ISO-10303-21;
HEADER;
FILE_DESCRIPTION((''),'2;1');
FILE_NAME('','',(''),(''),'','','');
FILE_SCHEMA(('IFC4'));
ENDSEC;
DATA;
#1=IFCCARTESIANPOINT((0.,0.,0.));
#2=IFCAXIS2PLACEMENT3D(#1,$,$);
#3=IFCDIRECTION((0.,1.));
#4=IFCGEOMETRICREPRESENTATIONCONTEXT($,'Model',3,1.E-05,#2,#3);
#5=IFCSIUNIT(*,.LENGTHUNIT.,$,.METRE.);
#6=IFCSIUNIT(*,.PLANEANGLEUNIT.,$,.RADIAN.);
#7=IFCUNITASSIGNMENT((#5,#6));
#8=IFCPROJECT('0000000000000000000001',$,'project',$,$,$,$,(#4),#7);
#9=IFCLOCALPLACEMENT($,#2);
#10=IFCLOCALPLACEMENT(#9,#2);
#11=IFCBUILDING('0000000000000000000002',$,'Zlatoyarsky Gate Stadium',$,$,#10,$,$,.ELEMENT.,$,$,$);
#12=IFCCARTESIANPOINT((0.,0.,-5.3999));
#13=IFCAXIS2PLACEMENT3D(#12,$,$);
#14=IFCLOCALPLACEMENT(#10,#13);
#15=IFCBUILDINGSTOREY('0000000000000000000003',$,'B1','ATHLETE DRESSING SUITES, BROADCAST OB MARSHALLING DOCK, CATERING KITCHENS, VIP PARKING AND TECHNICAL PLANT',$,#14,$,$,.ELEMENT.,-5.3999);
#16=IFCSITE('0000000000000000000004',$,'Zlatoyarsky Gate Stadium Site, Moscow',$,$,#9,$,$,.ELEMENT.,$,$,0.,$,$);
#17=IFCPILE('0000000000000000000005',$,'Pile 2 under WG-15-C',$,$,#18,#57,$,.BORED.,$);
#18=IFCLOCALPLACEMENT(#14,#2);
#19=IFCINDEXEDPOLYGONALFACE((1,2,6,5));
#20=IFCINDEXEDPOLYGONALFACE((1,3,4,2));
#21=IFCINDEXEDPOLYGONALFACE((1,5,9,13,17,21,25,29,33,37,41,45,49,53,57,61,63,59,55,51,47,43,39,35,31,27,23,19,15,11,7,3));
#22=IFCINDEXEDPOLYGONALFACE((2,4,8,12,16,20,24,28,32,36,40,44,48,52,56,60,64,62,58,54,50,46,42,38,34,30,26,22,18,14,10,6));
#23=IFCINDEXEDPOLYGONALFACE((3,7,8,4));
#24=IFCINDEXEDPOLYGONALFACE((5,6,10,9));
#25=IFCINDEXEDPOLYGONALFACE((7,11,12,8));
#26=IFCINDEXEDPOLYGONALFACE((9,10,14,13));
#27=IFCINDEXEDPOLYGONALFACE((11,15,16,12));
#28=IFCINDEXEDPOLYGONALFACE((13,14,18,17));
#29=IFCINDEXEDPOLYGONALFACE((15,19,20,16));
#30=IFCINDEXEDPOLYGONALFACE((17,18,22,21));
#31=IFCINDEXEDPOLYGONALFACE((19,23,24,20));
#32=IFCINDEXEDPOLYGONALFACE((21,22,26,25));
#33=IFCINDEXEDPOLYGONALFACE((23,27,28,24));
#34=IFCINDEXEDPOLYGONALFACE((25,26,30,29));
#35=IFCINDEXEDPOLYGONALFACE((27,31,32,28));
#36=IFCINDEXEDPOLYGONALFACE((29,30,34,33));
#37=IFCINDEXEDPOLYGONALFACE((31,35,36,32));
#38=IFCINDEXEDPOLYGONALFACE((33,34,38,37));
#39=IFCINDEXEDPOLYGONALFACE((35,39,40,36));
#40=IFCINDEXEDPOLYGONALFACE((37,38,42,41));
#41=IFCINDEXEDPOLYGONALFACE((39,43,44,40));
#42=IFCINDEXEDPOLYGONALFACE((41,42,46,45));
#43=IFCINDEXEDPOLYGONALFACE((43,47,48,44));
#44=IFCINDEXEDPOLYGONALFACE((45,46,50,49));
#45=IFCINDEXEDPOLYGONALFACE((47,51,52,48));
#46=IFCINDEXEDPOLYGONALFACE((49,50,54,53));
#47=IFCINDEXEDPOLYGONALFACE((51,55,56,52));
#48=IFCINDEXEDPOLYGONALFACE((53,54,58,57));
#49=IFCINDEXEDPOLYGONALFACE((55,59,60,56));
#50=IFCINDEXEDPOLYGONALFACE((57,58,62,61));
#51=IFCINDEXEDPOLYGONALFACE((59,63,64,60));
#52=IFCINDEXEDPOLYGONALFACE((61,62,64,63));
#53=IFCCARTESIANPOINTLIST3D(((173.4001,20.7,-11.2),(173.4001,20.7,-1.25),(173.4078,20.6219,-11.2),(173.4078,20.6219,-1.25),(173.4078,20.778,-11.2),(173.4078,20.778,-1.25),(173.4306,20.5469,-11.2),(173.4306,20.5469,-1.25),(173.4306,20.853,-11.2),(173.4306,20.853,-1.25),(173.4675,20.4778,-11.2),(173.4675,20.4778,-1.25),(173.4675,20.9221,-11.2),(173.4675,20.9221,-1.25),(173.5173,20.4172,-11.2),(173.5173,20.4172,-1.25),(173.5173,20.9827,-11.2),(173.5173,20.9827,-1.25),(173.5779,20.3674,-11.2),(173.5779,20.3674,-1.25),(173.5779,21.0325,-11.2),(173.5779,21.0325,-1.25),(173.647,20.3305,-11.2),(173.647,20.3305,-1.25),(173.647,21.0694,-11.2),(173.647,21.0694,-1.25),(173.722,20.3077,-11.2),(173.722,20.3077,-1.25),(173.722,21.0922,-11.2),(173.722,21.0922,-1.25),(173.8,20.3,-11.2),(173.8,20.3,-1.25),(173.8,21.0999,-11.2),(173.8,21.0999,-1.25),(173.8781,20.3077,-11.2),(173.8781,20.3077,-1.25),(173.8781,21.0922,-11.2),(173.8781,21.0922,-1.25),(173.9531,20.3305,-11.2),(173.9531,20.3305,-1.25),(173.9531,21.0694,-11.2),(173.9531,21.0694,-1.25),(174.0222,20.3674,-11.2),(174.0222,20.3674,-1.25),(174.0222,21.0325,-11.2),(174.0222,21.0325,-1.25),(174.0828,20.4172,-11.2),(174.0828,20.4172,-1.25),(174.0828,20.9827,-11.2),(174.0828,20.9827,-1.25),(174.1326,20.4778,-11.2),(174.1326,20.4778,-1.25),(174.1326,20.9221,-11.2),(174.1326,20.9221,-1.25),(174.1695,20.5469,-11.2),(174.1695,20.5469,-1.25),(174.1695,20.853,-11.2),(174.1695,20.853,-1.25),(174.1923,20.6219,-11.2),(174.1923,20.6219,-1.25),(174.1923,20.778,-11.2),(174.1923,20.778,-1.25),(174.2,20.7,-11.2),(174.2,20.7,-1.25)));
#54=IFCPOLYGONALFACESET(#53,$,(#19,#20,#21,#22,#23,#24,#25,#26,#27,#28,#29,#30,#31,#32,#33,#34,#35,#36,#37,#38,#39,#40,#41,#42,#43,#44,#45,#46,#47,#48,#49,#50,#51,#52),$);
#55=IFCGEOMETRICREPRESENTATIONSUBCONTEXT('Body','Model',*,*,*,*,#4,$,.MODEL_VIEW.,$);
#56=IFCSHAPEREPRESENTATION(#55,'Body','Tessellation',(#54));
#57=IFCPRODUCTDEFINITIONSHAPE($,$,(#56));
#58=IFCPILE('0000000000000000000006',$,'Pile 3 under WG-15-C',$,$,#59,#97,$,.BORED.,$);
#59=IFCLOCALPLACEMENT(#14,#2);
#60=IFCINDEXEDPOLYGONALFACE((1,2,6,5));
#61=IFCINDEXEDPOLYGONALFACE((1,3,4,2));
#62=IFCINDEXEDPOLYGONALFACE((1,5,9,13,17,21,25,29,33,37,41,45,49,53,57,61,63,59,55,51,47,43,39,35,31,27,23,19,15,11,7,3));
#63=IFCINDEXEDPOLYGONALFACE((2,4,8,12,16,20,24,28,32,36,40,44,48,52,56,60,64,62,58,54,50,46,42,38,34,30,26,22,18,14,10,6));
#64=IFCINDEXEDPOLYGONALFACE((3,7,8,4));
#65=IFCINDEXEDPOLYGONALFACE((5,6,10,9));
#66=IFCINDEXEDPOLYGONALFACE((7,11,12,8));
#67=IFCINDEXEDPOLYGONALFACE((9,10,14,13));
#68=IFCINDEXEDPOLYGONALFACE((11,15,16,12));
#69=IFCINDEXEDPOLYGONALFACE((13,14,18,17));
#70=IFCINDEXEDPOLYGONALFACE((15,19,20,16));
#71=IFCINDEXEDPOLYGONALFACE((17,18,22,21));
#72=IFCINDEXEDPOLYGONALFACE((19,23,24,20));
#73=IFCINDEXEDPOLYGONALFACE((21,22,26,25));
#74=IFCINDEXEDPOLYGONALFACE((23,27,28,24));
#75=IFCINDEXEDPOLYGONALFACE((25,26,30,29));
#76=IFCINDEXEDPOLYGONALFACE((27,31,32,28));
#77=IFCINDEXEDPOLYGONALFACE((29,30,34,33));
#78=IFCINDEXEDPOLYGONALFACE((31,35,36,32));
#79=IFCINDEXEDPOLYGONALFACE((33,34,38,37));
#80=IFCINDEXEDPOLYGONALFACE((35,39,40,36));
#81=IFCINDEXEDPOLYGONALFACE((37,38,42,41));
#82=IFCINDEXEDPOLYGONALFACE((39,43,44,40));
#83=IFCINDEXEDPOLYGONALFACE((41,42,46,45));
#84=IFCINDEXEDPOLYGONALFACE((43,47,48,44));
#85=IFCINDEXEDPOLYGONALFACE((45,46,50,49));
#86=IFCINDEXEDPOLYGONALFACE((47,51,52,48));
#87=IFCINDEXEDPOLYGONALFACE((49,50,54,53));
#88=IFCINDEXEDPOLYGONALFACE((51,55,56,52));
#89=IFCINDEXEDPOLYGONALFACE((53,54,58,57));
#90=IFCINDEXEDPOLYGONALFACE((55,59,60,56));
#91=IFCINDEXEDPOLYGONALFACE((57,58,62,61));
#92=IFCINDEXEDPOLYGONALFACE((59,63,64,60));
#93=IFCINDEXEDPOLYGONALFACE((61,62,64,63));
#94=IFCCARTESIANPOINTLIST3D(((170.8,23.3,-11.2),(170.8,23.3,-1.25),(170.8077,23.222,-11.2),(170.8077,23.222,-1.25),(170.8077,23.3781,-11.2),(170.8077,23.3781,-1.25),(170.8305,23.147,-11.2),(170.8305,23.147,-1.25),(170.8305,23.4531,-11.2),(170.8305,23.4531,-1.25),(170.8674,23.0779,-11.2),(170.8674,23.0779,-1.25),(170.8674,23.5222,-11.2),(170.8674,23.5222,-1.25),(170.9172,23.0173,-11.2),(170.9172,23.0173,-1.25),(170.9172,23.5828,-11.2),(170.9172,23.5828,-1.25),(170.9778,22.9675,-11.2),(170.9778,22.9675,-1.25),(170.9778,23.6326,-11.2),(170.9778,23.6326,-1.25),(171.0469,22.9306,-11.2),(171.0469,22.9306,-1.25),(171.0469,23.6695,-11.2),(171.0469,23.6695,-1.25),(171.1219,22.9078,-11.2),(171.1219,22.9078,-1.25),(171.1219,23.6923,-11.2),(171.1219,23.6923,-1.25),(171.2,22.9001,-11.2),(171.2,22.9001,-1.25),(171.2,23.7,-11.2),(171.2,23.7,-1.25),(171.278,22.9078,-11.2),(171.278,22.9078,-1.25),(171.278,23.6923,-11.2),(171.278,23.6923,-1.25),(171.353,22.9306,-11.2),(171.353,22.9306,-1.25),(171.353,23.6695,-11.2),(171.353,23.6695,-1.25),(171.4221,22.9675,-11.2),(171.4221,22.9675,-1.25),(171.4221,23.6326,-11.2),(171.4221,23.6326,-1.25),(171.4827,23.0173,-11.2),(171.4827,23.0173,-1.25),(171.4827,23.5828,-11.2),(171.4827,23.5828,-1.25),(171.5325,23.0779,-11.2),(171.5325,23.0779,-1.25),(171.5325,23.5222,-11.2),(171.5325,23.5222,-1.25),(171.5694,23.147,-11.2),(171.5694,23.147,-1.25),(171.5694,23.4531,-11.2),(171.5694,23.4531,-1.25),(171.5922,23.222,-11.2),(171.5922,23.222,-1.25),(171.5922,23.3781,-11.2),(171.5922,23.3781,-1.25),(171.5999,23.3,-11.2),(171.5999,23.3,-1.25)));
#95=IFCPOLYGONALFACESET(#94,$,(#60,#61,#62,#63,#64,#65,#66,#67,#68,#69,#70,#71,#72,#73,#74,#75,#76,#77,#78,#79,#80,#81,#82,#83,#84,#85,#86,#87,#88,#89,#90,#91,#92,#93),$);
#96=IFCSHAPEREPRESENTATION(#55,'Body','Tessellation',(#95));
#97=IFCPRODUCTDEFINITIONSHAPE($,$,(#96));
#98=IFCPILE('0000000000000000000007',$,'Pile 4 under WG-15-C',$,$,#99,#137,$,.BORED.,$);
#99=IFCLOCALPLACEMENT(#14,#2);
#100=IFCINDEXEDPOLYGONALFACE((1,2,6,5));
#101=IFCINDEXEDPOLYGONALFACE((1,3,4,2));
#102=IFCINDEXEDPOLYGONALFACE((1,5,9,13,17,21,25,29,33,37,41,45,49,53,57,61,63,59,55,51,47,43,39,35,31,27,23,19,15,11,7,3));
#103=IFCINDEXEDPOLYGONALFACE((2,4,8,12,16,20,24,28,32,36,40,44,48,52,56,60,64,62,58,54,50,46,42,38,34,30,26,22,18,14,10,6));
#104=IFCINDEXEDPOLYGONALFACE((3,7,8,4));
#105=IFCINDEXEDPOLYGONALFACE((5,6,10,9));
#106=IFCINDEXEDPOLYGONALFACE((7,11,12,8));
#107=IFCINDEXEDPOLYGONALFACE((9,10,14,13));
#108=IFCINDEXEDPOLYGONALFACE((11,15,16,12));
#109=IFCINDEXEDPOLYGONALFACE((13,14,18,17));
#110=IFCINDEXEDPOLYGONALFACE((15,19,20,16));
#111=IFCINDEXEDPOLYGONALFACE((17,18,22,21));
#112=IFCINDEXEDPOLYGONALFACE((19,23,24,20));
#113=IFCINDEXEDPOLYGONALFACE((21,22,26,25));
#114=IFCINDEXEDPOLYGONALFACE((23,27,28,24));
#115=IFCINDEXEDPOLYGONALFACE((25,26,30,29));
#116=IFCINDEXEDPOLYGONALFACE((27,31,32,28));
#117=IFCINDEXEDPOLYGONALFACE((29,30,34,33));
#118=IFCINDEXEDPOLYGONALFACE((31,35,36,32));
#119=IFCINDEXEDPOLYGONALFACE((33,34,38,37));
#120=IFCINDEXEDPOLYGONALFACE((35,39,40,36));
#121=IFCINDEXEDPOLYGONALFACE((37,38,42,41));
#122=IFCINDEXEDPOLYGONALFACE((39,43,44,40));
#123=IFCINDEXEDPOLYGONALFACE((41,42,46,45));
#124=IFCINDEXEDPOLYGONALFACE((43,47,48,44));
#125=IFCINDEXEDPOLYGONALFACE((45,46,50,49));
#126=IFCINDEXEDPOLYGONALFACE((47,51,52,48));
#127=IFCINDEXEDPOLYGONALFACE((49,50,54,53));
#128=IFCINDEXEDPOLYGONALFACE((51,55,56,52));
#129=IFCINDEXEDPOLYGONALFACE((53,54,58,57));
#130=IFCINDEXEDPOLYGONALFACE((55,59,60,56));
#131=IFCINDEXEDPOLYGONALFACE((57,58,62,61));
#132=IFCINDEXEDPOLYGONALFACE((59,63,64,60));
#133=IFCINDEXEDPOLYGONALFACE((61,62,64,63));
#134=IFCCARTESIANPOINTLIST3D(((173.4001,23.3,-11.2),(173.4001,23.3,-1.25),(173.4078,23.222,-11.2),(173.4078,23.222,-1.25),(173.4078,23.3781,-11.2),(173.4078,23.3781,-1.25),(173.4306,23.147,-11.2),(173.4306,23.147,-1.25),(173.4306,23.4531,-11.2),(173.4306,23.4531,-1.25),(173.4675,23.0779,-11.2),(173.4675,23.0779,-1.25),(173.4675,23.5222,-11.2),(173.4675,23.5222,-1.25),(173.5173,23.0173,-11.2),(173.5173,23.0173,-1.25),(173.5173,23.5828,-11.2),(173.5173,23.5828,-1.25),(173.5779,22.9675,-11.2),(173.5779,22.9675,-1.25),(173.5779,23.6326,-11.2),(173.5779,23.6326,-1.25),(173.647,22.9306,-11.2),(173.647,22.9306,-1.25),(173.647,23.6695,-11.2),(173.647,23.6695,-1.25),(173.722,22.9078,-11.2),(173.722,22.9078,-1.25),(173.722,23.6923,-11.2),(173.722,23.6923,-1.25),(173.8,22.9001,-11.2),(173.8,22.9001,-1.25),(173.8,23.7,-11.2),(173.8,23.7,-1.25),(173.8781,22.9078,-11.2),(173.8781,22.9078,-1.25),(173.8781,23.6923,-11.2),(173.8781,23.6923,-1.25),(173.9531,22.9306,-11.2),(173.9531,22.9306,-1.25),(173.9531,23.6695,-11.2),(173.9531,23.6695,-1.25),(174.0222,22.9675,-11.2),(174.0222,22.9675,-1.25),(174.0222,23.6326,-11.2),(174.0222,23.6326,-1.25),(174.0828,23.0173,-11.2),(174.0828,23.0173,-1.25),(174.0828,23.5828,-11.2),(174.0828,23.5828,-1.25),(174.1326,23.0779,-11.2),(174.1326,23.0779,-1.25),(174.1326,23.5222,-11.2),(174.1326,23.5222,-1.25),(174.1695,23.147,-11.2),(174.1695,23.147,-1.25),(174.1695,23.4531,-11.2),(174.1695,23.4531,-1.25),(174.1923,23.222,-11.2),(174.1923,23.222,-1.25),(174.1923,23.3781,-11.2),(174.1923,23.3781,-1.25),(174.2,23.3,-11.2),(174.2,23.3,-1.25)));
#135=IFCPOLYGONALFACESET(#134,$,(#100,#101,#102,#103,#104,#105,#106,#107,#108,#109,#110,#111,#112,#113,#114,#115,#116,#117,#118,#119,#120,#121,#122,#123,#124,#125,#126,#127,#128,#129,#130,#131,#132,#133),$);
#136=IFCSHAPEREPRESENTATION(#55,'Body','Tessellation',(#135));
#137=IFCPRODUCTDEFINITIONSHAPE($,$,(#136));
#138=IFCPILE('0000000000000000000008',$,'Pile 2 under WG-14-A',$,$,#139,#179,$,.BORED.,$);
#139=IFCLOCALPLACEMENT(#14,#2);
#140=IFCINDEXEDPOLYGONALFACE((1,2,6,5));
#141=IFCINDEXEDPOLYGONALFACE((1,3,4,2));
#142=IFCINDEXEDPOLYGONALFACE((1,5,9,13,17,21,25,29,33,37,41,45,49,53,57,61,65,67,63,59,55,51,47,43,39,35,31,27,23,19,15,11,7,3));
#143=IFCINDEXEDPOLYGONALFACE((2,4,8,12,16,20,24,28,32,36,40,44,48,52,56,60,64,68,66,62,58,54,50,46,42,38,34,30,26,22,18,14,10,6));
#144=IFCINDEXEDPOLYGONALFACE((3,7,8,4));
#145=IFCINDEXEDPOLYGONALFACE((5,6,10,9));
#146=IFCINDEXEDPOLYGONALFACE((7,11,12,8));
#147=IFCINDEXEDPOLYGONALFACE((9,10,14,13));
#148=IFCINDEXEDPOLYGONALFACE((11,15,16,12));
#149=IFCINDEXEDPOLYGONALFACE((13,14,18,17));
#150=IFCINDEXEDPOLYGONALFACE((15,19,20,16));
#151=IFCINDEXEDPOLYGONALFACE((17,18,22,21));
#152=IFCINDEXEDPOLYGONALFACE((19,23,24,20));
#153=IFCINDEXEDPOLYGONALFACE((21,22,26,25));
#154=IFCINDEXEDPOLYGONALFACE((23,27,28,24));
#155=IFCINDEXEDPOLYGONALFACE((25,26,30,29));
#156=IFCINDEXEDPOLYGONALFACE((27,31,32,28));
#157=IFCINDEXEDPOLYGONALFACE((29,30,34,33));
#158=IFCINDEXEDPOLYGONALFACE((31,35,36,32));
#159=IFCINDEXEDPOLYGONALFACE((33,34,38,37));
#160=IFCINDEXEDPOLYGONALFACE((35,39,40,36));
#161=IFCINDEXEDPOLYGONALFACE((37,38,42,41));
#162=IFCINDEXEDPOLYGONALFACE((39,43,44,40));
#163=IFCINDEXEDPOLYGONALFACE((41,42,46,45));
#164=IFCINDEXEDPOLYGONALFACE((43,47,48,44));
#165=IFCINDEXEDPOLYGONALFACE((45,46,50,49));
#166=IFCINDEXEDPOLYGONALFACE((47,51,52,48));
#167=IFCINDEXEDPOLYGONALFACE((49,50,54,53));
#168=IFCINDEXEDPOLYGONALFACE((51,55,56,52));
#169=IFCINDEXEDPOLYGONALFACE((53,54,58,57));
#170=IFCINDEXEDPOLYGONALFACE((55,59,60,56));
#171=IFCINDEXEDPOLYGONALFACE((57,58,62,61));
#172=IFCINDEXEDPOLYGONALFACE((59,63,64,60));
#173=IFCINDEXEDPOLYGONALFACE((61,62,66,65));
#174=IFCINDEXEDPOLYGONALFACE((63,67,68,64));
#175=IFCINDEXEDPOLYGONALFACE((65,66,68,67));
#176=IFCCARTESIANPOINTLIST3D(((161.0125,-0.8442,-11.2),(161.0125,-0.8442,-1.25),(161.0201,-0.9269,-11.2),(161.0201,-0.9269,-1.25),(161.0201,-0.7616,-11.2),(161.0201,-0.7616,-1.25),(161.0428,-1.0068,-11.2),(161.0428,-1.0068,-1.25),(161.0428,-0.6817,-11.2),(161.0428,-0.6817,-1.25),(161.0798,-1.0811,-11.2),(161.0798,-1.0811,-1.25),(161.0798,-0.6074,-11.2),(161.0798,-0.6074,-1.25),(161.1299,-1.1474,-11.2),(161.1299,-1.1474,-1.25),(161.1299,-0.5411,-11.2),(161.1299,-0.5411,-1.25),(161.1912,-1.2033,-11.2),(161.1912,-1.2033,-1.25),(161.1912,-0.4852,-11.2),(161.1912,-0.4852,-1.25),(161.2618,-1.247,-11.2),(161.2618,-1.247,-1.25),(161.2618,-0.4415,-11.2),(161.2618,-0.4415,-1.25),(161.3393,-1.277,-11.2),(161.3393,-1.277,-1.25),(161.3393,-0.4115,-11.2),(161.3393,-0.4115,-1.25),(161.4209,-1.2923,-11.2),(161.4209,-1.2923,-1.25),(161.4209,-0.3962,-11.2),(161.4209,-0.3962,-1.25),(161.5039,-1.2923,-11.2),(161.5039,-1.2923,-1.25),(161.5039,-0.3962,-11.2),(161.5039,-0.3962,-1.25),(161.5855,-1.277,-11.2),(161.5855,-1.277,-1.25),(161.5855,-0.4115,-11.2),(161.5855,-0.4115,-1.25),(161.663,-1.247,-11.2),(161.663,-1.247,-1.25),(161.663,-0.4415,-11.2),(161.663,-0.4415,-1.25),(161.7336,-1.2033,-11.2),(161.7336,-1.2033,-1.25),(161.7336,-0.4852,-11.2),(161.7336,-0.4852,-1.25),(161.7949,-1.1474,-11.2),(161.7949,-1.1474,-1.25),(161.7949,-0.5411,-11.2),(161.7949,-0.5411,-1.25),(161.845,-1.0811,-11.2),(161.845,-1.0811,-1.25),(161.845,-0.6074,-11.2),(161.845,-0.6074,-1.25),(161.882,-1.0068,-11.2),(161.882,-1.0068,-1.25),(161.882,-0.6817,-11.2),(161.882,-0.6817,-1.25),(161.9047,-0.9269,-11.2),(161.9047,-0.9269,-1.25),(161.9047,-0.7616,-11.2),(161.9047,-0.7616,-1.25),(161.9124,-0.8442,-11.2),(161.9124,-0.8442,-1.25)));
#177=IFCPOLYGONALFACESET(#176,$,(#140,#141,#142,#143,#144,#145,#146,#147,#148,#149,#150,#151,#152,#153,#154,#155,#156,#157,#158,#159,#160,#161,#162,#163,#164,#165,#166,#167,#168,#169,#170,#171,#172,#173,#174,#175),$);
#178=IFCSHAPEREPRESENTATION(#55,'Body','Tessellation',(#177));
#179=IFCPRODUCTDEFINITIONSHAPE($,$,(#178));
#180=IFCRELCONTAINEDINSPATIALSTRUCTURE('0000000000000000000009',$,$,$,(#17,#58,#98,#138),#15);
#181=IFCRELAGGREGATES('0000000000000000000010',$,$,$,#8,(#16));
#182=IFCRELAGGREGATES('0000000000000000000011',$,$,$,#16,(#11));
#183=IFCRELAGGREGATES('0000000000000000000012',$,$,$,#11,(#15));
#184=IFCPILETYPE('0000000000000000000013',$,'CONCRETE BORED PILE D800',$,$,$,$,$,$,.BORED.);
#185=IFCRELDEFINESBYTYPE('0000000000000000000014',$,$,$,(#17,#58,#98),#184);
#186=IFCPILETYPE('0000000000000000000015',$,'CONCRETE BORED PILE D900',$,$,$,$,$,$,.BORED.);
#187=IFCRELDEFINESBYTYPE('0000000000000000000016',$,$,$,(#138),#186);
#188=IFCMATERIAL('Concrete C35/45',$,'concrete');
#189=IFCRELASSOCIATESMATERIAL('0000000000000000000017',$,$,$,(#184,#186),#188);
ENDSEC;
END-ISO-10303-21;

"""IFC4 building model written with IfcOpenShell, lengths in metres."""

from ifc_helpers import new_model, si_unit, direction, frame, origin, origin_2d, place, context, subcontext, project, spatial, circle, extrude, material, material_profile, profile_set, type_object, element, save


model = new_model("IFC4")

# Units and contexts
model_context = context("Model", 3, precision=1e-05, world=origin(), true_north=direction((0.0, 1.0)))
body_context = subcontext(model_context, "Body", "Model", "MODEL_VIEW")
ifc_project = project(units=[si_unit("LENGTHUNIT", "METRE"), si_unit("PLANEANGLEUNIT", "RADIAN")], contexts=[model_context])

# Site, building, storey
site_placement = place(None, origin())
site = spatial("IfcSite", under=ifc_project, at=site_placement, Name="Zlatoyarsky Gate Stadium Site, Moscow", CompositionType="ELEMENT", RefElevation=0.0)
building_placement = place(site_placement, origin())
building = spatial("IfcBuilding", under=site, at=building_placement, Name="Zlatoyarsky Gate Stadium", CompositionType="ELEMENT")
storey_placement = place(building_placement, frame((0.0, 0.0, -5.3999)))
storey = spatial("IfcBuildingStorey", under=building, at=storey_placement, Name="B1", Description="ATHLETE DRESSING SUITES, BROADCAST OB MARSHALLING DOCK, CATERING KITCHENS, VIP PARKING AND TECHNICAL PLANT", CompositionType="ELEMENT", Elevation=-5.3999)

# Piles
ifc_material_1 = material(Name="Concrete C35/45", Category="concrete")
ifc_material_profile_1 = material_profile(ifc_material_1, circle(Radius=0.3999, at=origin_2d()), Name="BORED PILE D800")
ifc_profile_set_1 = profile_set([ifc_material_profile_1], Name="Concrete C35/45")
pile_type_1 = type_object("IfcPileType", Name="CONCRETE BORED PILE D800", PredefinedType="BORED", material=ifc_profile_set_1)
for number, where, z_axis, x_axis, name in (
    (1, (173.8, 20.7, -1.25), (0.0, 0.0, -1.0), (1.0, 0.0, 0.0), "Pile 2 under WG-15-C"),
    (2, (171.2, 23.3, -1.25), (0.0, 0.0, -1.0), (1.0, 0.0, 0.0), "Pile 3 under WG-15-C"),
    (3, (173.8, 23.3, -1.25), (0.0, 0.0, -1.0), (1.0, 0.0, 0.0), "Pile 4 under WG-15-C"),
):
    element("IfcPile", number, at=place(storey_placement, frame(where, z_axis=z_axis, x_axis=x_axis)), inside=storey, type_object=pile_type_1, Name=name, PredefinedType="BORED", context=body_context, shape_type="SweptSolid", body=[
        extrude(circle(Radius=0.3999, at=origin_2d()), origin(), (0.0, 0.0, 1.0), 9.95),
    ])
ifc_material_profile_2 = material_profile(ifc_material_1, circle(Radius=0.45, at=origin_2d()), Name="BORED PILE D900")
ifc_profile_set_2 = profile_set([ifc_material_profile_2], Name="Concrete C35/45")
pile_type_2 = type_object("IfcPileType", Name="CONCRETE BORED PILE D900", PredefinedType="BORED", material=ifc_profile_set_2)
for number, where, z_axis, x_axis, name in (
    (4, (161.4624, -0.8442, -1.25), (0.0, 0.0, -1.0), (1.0, 0.0, 0.0), "Pile 2 under WG-14-A"),
):
    element("IfcPile", number, at=place(storey_placement, frame(where, z_axis=z_axis, x_axis=x_axis)), inside=storey, type_object=pile_type_2, Name=name, PredefinedType="BORED", context=body_context, shape_type="SweptSolid", body=[
        extrude(circle(Radius=0.45, at=origin_2d()), origin(), (0.0, 0.0, 1.0), 9.95),
    ])

save(model, "model.ifc")
